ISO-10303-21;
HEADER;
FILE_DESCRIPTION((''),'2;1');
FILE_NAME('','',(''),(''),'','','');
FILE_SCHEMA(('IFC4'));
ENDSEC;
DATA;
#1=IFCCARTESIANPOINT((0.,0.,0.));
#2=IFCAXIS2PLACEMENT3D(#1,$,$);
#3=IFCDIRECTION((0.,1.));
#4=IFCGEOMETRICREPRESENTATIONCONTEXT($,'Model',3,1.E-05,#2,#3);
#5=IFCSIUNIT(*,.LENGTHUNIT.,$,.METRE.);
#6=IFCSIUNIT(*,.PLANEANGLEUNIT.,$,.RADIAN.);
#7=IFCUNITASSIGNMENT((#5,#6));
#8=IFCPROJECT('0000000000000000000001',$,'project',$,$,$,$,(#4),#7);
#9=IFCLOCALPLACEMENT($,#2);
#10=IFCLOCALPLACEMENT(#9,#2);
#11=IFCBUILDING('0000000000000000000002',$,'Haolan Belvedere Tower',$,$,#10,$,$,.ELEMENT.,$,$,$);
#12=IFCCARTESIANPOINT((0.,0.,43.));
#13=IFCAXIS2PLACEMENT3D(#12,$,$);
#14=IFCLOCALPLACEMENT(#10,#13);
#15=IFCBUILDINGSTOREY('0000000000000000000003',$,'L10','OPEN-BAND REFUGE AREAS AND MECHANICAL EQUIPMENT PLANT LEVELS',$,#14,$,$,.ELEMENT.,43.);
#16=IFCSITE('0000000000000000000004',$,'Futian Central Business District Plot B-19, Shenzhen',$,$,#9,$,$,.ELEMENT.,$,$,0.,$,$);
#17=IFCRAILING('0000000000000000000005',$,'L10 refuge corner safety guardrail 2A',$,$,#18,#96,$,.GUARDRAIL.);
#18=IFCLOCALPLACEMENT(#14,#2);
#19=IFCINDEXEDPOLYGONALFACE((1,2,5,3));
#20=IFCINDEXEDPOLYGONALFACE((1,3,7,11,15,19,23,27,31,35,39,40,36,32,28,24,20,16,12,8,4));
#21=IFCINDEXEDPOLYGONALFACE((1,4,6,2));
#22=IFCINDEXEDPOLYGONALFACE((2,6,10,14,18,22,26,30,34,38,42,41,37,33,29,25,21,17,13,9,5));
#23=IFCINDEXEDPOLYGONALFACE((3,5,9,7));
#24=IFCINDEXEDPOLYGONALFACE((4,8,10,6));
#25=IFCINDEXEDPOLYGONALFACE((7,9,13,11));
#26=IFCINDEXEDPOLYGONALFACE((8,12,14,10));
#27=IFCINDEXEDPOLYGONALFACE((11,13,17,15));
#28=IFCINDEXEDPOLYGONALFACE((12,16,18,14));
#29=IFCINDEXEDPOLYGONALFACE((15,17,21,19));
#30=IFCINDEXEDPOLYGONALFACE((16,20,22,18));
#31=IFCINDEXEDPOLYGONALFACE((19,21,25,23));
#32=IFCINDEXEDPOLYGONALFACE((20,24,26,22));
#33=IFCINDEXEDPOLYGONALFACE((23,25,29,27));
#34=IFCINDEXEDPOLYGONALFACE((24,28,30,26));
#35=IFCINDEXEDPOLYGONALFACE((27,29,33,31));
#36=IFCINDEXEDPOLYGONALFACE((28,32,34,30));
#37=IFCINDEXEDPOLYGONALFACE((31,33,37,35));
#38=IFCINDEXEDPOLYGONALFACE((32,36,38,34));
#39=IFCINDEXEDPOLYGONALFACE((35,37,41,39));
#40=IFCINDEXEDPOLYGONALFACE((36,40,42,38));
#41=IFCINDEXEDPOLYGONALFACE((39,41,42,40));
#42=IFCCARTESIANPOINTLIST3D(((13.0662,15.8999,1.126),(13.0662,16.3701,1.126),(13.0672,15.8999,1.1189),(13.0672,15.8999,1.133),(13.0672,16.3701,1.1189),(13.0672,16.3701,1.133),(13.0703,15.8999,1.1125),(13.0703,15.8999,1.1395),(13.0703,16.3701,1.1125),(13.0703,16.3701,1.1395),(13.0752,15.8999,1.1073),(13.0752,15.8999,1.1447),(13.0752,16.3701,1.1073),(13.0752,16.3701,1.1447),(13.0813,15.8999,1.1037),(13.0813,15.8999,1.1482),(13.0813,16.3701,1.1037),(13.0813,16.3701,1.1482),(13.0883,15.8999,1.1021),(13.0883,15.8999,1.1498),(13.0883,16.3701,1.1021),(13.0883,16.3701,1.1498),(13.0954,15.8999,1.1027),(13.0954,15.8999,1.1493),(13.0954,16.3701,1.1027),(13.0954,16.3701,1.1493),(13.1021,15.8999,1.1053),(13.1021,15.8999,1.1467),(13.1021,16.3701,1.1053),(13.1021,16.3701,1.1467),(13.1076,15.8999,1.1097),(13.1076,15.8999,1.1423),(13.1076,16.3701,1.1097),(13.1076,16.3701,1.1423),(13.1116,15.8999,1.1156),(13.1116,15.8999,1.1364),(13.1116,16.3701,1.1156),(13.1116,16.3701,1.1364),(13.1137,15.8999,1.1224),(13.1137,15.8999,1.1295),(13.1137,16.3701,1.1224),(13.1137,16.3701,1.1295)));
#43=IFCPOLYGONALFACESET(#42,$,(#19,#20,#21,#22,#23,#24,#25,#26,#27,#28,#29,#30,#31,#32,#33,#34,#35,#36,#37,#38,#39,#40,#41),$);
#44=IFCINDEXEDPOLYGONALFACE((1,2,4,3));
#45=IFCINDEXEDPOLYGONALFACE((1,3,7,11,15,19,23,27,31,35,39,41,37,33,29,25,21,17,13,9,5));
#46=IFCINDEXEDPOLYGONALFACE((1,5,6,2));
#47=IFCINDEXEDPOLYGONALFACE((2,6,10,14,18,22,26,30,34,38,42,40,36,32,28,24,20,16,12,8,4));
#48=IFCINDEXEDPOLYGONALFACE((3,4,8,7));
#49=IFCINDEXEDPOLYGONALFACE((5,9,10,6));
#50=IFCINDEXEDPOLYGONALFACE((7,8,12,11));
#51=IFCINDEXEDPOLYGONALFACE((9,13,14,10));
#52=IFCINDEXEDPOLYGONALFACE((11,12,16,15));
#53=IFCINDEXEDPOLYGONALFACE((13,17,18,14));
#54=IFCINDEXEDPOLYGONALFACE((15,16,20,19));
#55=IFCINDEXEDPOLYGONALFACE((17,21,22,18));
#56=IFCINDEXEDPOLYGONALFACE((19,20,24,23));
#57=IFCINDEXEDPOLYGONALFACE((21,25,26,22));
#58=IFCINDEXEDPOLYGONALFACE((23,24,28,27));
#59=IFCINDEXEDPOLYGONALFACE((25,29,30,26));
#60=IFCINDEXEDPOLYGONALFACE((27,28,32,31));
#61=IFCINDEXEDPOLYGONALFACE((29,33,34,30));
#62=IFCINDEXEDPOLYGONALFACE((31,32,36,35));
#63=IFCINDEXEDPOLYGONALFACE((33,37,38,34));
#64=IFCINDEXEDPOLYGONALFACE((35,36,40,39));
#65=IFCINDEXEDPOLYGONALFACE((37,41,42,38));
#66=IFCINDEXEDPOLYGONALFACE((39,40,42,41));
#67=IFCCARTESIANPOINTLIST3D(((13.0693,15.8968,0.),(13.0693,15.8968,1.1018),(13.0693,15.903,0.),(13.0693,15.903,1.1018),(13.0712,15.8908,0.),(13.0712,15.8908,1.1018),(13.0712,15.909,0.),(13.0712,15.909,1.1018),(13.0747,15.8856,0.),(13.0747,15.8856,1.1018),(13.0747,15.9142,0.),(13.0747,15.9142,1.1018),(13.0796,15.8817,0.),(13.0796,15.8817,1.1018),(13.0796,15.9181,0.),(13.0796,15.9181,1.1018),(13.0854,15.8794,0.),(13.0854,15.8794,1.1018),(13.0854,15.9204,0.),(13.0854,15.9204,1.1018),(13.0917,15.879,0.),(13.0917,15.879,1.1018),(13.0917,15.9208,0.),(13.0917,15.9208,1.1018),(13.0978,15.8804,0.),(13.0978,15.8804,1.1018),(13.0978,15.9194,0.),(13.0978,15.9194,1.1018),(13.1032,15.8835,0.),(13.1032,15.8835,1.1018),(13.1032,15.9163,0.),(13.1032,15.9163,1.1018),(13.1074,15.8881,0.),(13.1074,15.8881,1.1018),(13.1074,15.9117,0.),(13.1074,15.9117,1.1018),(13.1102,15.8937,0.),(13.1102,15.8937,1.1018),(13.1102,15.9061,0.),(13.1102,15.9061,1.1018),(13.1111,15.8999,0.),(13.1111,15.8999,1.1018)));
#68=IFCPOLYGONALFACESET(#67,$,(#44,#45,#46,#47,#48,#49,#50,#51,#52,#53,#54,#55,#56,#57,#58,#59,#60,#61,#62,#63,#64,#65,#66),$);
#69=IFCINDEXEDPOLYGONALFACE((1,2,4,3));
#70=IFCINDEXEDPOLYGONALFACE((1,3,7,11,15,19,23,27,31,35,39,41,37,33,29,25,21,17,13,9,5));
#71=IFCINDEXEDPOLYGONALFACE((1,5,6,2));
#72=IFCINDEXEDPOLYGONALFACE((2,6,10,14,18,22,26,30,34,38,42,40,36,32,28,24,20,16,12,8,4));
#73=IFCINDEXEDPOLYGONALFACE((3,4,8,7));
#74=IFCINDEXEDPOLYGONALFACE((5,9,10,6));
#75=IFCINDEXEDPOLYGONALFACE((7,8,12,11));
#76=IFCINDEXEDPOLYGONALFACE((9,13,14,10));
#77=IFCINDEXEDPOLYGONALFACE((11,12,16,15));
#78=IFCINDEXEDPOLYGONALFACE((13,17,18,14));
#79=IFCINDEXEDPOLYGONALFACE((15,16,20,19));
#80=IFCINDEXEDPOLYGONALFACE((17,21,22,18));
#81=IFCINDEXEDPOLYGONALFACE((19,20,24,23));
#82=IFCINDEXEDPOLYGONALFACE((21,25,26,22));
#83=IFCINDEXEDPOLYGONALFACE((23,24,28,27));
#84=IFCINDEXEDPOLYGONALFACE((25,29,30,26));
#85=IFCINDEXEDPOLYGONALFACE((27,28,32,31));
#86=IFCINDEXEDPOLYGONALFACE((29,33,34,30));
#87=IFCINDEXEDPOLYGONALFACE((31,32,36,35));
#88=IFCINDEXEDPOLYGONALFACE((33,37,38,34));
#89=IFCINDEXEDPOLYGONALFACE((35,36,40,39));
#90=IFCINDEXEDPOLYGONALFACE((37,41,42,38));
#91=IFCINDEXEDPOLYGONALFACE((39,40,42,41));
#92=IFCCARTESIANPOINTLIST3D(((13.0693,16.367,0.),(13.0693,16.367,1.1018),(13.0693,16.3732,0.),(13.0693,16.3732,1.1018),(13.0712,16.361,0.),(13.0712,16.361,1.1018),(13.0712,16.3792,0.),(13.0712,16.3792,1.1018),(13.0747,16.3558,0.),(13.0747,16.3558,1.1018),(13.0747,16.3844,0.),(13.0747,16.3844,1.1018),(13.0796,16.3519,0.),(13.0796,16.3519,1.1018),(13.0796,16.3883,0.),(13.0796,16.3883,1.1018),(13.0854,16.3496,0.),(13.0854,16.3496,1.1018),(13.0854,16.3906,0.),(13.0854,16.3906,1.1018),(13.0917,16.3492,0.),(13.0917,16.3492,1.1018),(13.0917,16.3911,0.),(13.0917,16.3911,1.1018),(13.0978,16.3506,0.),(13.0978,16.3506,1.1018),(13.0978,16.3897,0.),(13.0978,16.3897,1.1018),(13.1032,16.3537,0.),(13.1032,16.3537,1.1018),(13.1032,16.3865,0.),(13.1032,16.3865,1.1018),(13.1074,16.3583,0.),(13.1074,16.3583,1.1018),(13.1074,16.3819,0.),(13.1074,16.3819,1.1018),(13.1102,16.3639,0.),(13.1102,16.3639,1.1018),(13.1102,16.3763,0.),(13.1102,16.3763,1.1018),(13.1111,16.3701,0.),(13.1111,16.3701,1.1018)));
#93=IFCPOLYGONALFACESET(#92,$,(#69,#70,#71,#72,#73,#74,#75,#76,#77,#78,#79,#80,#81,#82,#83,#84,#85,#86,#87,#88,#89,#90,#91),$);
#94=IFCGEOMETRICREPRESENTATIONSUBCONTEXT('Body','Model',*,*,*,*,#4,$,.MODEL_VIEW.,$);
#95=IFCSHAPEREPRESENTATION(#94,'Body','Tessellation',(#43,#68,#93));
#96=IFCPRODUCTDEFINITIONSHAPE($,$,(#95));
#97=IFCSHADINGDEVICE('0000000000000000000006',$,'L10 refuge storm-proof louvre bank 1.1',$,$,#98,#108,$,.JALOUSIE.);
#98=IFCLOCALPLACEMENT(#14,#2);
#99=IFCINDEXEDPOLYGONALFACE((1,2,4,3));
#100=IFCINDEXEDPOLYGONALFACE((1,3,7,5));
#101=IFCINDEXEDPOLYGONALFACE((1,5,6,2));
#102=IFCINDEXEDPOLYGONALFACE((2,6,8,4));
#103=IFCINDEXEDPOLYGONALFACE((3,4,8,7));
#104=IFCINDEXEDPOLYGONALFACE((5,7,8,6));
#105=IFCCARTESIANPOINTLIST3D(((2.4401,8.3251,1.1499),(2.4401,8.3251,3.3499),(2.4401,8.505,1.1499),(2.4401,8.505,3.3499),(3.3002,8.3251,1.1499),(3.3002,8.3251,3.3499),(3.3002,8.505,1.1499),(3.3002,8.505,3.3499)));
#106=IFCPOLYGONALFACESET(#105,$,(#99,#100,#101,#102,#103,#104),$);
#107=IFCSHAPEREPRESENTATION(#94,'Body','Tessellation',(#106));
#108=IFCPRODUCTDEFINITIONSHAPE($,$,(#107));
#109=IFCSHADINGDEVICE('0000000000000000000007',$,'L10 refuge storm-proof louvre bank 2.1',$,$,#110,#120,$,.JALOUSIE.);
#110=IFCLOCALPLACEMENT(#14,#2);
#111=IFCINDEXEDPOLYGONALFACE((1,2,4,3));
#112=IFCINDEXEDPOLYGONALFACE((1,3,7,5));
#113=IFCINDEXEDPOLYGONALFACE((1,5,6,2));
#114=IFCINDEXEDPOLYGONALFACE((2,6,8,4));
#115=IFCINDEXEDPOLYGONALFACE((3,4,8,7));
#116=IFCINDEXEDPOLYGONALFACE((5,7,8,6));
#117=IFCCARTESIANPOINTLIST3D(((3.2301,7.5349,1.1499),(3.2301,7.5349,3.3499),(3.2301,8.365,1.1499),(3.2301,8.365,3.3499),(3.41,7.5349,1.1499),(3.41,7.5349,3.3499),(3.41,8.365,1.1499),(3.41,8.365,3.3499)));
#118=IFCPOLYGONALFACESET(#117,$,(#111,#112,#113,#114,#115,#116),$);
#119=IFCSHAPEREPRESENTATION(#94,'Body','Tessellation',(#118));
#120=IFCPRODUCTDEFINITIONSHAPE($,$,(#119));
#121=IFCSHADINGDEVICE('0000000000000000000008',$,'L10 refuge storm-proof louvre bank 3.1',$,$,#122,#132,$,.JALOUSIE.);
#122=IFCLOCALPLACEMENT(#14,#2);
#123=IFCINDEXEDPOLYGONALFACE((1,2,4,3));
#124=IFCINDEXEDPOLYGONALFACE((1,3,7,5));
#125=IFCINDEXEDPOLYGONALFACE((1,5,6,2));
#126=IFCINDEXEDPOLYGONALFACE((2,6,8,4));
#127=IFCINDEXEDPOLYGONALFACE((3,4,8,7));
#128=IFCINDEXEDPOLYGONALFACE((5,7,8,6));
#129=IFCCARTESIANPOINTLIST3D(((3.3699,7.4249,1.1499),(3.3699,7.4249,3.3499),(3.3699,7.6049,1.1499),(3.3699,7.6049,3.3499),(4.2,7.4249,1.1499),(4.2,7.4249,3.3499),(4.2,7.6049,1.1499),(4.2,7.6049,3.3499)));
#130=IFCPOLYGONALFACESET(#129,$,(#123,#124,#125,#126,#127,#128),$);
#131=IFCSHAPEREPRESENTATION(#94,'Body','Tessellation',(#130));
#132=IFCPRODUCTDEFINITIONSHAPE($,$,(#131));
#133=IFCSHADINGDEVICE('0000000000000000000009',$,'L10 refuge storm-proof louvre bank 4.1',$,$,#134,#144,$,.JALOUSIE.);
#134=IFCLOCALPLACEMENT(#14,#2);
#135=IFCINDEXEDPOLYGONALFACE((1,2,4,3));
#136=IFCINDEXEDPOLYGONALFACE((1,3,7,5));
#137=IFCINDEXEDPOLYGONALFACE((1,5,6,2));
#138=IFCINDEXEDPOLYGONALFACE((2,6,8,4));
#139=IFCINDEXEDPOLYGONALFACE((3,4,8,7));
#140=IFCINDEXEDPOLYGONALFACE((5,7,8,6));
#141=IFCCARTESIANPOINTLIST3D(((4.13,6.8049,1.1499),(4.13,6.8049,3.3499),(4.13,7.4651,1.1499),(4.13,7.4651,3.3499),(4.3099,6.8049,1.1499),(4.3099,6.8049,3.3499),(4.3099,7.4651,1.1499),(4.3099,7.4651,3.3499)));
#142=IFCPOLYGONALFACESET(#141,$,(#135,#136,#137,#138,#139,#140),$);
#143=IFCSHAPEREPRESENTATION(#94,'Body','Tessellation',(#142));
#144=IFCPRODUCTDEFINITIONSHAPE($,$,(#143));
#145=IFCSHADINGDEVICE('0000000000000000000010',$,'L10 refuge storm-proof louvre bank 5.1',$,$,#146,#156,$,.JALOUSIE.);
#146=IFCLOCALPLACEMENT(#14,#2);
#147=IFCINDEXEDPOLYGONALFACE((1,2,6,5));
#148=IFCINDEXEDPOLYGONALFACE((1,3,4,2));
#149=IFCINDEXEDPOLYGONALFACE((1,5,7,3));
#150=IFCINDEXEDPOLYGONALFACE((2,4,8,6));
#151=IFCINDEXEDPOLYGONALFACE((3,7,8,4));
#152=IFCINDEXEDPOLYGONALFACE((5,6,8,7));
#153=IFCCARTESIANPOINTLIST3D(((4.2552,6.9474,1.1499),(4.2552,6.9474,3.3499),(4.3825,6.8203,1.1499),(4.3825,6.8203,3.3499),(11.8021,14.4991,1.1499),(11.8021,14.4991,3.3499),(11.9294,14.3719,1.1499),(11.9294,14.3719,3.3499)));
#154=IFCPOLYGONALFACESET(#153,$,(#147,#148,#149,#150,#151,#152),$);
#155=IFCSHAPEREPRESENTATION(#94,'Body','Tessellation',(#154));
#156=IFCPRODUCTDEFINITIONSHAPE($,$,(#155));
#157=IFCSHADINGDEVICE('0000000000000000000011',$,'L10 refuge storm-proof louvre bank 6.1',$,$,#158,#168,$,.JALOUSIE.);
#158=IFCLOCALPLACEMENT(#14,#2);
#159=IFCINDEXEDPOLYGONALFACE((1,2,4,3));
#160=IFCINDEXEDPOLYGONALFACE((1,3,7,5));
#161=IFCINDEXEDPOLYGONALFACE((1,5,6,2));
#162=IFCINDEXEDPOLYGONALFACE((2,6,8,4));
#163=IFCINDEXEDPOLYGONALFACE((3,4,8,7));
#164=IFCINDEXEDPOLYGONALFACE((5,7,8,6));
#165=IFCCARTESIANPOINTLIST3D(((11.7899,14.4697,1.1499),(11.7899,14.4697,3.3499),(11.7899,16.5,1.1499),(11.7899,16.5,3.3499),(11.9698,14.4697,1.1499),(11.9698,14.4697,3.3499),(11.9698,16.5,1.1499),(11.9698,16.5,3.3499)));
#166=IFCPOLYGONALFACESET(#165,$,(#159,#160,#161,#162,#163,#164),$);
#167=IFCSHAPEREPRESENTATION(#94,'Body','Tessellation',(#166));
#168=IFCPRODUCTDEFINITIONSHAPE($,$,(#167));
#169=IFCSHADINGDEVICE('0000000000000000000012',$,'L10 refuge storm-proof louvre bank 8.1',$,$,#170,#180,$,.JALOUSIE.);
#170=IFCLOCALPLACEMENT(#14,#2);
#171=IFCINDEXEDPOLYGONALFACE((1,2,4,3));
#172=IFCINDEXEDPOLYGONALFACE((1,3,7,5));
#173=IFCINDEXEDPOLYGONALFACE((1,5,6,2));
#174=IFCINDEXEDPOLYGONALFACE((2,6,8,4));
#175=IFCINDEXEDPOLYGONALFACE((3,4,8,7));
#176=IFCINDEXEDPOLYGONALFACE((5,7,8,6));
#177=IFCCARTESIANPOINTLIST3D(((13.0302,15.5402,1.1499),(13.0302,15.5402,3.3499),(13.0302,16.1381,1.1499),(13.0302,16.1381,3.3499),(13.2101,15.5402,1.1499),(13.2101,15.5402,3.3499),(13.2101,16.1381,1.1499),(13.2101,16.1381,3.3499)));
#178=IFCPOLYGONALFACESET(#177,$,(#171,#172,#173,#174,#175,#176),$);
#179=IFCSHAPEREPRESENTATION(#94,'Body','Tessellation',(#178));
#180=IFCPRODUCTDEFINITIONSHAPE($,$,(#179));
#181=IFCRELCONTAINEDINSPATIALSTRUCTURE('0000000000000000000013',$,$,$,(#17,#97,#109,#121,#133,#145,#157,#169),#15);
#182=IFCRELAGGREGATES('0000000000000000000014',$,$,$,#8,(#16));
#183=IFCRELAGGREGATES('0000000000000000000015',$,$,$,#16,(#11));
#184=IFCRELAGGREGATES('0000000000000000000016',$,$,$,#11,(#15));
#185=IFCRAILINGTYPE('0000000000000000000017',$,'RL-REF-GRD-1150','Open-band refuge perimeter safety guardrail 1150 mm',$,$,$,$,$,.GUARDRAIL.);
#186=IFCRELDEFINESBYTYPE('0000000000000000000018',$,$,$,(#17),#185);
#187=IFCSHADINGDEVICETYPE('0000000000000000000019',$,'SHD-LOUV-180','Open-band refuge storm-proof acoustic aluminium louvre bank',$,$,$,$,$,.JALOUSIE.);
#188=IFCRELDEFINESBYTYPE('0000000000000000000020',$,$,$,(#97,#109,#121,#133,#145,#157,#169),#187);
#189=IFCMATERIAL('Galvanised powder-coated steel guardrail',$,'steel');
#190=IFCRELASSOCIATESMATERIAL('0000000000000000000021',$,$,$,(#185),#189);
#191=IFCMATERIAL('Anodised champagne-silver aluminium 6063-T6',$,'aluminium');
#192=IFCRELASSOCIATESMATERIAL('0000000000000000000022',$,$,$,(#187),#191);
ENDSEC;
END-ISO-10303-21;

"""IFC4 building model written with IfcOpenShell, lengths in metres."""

from ifc_helpers import new_model, si_unit, direction, frame, origin, origin_2d, place, context, subcontext, project, spatial, rectangle, circle, extrude, material, type_object, element, save


model = new_model("IFC4")

# Units and contexts
model_context = context("Model", 3, precision=1e-05, world=origin(), true_north=direction((0.0, 1.0)))
body_context = subcontext(model_context, "Body", "Model", "MODEL_VIEW")
ifc_project = project(units=[si_unit("LENGTHUNIT", "METRE"), si_unit("PLANEANGLEUNIT", "RADIAN")], contexts=[model_context])

# Site, building, storey
site_placement = place(None, origin())
site = spatial("IfcSite", under=ifc_project, at=site_placement, Name="Futian Central Business District Plot B-19, Shenzhen", CompositionType="ELEMENT", RefElevation=0.0)
building_placement = place(site_placement, origin())
building = spatial("IfcBuilding", under=site, at=building_placement, Name="Haolan Belvedere Tower", CompositionType="ELEMENT")
storey_placement = place(building_placement, frame((0.0, 0.0, 43.0)))
storey = spatial("IfcBuildingStorey", under=building, at=storey_placement, Name="L10", Description="OPEN-BAND REFUGE AREAS AND MECHANICAL EQUIPMENT PLANT LEVELS", CompositionType="ELEMENT", Elevation=43.0)

# Railing
ifc_material_1 = material(Name="Galvanised powder-coated steel guardrail", Category="steel")
railing_type = type_object("IfcRailingType", Name="RL-REF-GRD-1150", Description="Open-band refuge perimeter safety guardrail 1150 mm", PredefinedType="GUARDRAIL", material=ifc_material_1)
railing_1_placement = place(storey_placement, frame((13.0901, 15.8999, 0.0)))
element("IfcRailing", 1, at=railing_1_placement, inside=storey, type_object=railing_type, Name="L10 refuge corner safety guardrail 2A", PredefinedType="GUARDRAIL", context=body_context, shape_type="SweptSolid", body=[
    extrude(circle(Radius=0.0239, at=origin_2d()), frame((0.0, 0.0, 1.126), z_axis=(0.0, 1.0, 0.0), x_axis=(-1.0, 0.0, 0.0)), (0.0, 0.0, 1.0), 0.4702),
    extrude(circle(Radius=0.021, at=origin_2d()), origin(), (0.0, 0.0, 1.0), 1.1018),
    extrude(circle(Radius=0.021, at=origin_2d()), frame((0.0, 0.4702, 0.0)), (0.0, 0.0, 1.0), 1.1018),
])

# Shading devices
ifc_material_2 = material(Name="Anodised champagne-silver aluminium 6063-T6", Category="aluminium")
shading_device_type = type_object("IfcShadingDeviceType", Name="SHD-LOUV-180", Description="Open-band refuge storm-proof acoustic aluminium louvre bank", PredefinedType="JALOUSIE", material=ifc_material_2)
shading_device_1_placement = place(storey_placement, frame((2.8701, 8.415, 1.1499), z_axis=(0.0, 0.0, 1.0), x_axis=(1.0, 0.0, 0.0)))
element("IfcShadingDevice", 2, at=shading_device_1_placement, inside=storey, type_object=shading_device_type, Name="L10 refuge storm-proof louvre bank 1.1", PredefinedType="JALOUSIE", context=body_context, shape_type="SweptSolid", body=[
    extrude(rectangle(XDim=0.8601, YDim=0.1799, at=origin_2d()), origin(), (0.0, 0.0, 1.0), 2.2),
])
for number, where, z_axis, x_axis, name in (
    (3, (3.3201, 7.95, 1.1499), (0.0, 0.0, 1.0), (0.0, -1.0, 0.0), "L10 refuge storm-proof louvre bank 2.1"),
    (4, (3.7849, 7.5149, 1.1499), (0.0, 0.0, 1.0), (1.0, 0.0, 0.0), "L10 refuge storm-proof louvre bank 3.1"),
):
    element("IfcShadingDevice", number, at=place(storey_placement, frame(where, z_axis=z_axis, x_axis=x_axis)), inside=storey, type_object=shading_device_type, Name=name, PredefinedType="JALOUSIE", context=body_context, shape_type="SweptSolid", body=[
        extrude(rectangle(XDim=0.8301, YDim=0.1799, at=origin_2d()), origin(), (0.0, 0.0, 1.0), 2.2),
    ])
shading_device_2_placement = place(storey_placement, frame((4.22, 7.135, 1.1499), z_axis=(0.0, 0.0, 1.0), x_axis=(0.0, -1.0, 0.0)))
element("IfcShadingDevice", 5, at=shading_device_2_placement, inside=storey, type_object=shading_device_type, Name="L10 refuge storm-proof louvre bank 4.1", PredefinedType="JALOUSIE", context=body_context, shape_type="SweptSolid", body=[
    extrude(rectangle(XDim=0.6602, YDim=0.1799, at=origin_2d()), origin(), (0.0, 0.0, 1.0), 2.2),
])
shading_device_3_placement = place(storey_placement, frame((8.0923, 10.6597, 1.1499), z_axis=(0.0, 0.0, 1.0), x_axis=(0.706885, 0.707329, 0.0)))
element("IfcShadingDevice", 6, at=shading_device_3_placement, inside=storey, type_object=shading_device_type, Name="L10 refuge storm-proof louvre bank 5.1", PredefinedType="JALOUSIE", context=body_context, shape_type="SweptSolid", body=[
    extrude(rectangle(XDim=10.6763, YDim=0.1799, at=origin_2d()), origin(), (0.0, 0.0, 1.0), 2.2),
])
shading_device_4_placement = place(storey_placement, frame((11.8799, 15.4849, 1.1499), z_axis=(0.0, 0.0, 1.0), x_axis=(0.0, 1.0, 0.0)))
element("IfcShadingDevice", 7, at=shading_device_4_placement, inside=storey, type_object=shading_device_type, Name="L10 refuge storm-proof louvre bank 6.1", PredefinedType="JALOUSIE", context=body_context, shape_type="SweptSolid", body=[
    extrude(rectangle(XDim=2.0303, YDim=0.1799, at=origin_2d()), origin(), (0.0, 0.0, 1.0), 2.2),
])
shading_device_5_placement = place(storey_placement, frame((13.1201, 15.8391, 1.1499), z_axis=(0.0, 0.0, 1.0), x_axis=(0.0, -1.0, 0.0)))
element("IfcShadingDevice", 8, at=shading_device_5_placement, inside=storey, type_object=shading_device_type, Name="L10 refuge storm-proof louvre bank 8.1", PredefinedType="JALOUSIE", context=body_context, shape_type="SweptSolid", body=[
    extrude(rectangle(XDim=0.5979, YDim=0.1799, at=origin_2d()), origin(), (0.0, 0.0, 1.0), 2.2),
])

save(model, "model.ifc")
